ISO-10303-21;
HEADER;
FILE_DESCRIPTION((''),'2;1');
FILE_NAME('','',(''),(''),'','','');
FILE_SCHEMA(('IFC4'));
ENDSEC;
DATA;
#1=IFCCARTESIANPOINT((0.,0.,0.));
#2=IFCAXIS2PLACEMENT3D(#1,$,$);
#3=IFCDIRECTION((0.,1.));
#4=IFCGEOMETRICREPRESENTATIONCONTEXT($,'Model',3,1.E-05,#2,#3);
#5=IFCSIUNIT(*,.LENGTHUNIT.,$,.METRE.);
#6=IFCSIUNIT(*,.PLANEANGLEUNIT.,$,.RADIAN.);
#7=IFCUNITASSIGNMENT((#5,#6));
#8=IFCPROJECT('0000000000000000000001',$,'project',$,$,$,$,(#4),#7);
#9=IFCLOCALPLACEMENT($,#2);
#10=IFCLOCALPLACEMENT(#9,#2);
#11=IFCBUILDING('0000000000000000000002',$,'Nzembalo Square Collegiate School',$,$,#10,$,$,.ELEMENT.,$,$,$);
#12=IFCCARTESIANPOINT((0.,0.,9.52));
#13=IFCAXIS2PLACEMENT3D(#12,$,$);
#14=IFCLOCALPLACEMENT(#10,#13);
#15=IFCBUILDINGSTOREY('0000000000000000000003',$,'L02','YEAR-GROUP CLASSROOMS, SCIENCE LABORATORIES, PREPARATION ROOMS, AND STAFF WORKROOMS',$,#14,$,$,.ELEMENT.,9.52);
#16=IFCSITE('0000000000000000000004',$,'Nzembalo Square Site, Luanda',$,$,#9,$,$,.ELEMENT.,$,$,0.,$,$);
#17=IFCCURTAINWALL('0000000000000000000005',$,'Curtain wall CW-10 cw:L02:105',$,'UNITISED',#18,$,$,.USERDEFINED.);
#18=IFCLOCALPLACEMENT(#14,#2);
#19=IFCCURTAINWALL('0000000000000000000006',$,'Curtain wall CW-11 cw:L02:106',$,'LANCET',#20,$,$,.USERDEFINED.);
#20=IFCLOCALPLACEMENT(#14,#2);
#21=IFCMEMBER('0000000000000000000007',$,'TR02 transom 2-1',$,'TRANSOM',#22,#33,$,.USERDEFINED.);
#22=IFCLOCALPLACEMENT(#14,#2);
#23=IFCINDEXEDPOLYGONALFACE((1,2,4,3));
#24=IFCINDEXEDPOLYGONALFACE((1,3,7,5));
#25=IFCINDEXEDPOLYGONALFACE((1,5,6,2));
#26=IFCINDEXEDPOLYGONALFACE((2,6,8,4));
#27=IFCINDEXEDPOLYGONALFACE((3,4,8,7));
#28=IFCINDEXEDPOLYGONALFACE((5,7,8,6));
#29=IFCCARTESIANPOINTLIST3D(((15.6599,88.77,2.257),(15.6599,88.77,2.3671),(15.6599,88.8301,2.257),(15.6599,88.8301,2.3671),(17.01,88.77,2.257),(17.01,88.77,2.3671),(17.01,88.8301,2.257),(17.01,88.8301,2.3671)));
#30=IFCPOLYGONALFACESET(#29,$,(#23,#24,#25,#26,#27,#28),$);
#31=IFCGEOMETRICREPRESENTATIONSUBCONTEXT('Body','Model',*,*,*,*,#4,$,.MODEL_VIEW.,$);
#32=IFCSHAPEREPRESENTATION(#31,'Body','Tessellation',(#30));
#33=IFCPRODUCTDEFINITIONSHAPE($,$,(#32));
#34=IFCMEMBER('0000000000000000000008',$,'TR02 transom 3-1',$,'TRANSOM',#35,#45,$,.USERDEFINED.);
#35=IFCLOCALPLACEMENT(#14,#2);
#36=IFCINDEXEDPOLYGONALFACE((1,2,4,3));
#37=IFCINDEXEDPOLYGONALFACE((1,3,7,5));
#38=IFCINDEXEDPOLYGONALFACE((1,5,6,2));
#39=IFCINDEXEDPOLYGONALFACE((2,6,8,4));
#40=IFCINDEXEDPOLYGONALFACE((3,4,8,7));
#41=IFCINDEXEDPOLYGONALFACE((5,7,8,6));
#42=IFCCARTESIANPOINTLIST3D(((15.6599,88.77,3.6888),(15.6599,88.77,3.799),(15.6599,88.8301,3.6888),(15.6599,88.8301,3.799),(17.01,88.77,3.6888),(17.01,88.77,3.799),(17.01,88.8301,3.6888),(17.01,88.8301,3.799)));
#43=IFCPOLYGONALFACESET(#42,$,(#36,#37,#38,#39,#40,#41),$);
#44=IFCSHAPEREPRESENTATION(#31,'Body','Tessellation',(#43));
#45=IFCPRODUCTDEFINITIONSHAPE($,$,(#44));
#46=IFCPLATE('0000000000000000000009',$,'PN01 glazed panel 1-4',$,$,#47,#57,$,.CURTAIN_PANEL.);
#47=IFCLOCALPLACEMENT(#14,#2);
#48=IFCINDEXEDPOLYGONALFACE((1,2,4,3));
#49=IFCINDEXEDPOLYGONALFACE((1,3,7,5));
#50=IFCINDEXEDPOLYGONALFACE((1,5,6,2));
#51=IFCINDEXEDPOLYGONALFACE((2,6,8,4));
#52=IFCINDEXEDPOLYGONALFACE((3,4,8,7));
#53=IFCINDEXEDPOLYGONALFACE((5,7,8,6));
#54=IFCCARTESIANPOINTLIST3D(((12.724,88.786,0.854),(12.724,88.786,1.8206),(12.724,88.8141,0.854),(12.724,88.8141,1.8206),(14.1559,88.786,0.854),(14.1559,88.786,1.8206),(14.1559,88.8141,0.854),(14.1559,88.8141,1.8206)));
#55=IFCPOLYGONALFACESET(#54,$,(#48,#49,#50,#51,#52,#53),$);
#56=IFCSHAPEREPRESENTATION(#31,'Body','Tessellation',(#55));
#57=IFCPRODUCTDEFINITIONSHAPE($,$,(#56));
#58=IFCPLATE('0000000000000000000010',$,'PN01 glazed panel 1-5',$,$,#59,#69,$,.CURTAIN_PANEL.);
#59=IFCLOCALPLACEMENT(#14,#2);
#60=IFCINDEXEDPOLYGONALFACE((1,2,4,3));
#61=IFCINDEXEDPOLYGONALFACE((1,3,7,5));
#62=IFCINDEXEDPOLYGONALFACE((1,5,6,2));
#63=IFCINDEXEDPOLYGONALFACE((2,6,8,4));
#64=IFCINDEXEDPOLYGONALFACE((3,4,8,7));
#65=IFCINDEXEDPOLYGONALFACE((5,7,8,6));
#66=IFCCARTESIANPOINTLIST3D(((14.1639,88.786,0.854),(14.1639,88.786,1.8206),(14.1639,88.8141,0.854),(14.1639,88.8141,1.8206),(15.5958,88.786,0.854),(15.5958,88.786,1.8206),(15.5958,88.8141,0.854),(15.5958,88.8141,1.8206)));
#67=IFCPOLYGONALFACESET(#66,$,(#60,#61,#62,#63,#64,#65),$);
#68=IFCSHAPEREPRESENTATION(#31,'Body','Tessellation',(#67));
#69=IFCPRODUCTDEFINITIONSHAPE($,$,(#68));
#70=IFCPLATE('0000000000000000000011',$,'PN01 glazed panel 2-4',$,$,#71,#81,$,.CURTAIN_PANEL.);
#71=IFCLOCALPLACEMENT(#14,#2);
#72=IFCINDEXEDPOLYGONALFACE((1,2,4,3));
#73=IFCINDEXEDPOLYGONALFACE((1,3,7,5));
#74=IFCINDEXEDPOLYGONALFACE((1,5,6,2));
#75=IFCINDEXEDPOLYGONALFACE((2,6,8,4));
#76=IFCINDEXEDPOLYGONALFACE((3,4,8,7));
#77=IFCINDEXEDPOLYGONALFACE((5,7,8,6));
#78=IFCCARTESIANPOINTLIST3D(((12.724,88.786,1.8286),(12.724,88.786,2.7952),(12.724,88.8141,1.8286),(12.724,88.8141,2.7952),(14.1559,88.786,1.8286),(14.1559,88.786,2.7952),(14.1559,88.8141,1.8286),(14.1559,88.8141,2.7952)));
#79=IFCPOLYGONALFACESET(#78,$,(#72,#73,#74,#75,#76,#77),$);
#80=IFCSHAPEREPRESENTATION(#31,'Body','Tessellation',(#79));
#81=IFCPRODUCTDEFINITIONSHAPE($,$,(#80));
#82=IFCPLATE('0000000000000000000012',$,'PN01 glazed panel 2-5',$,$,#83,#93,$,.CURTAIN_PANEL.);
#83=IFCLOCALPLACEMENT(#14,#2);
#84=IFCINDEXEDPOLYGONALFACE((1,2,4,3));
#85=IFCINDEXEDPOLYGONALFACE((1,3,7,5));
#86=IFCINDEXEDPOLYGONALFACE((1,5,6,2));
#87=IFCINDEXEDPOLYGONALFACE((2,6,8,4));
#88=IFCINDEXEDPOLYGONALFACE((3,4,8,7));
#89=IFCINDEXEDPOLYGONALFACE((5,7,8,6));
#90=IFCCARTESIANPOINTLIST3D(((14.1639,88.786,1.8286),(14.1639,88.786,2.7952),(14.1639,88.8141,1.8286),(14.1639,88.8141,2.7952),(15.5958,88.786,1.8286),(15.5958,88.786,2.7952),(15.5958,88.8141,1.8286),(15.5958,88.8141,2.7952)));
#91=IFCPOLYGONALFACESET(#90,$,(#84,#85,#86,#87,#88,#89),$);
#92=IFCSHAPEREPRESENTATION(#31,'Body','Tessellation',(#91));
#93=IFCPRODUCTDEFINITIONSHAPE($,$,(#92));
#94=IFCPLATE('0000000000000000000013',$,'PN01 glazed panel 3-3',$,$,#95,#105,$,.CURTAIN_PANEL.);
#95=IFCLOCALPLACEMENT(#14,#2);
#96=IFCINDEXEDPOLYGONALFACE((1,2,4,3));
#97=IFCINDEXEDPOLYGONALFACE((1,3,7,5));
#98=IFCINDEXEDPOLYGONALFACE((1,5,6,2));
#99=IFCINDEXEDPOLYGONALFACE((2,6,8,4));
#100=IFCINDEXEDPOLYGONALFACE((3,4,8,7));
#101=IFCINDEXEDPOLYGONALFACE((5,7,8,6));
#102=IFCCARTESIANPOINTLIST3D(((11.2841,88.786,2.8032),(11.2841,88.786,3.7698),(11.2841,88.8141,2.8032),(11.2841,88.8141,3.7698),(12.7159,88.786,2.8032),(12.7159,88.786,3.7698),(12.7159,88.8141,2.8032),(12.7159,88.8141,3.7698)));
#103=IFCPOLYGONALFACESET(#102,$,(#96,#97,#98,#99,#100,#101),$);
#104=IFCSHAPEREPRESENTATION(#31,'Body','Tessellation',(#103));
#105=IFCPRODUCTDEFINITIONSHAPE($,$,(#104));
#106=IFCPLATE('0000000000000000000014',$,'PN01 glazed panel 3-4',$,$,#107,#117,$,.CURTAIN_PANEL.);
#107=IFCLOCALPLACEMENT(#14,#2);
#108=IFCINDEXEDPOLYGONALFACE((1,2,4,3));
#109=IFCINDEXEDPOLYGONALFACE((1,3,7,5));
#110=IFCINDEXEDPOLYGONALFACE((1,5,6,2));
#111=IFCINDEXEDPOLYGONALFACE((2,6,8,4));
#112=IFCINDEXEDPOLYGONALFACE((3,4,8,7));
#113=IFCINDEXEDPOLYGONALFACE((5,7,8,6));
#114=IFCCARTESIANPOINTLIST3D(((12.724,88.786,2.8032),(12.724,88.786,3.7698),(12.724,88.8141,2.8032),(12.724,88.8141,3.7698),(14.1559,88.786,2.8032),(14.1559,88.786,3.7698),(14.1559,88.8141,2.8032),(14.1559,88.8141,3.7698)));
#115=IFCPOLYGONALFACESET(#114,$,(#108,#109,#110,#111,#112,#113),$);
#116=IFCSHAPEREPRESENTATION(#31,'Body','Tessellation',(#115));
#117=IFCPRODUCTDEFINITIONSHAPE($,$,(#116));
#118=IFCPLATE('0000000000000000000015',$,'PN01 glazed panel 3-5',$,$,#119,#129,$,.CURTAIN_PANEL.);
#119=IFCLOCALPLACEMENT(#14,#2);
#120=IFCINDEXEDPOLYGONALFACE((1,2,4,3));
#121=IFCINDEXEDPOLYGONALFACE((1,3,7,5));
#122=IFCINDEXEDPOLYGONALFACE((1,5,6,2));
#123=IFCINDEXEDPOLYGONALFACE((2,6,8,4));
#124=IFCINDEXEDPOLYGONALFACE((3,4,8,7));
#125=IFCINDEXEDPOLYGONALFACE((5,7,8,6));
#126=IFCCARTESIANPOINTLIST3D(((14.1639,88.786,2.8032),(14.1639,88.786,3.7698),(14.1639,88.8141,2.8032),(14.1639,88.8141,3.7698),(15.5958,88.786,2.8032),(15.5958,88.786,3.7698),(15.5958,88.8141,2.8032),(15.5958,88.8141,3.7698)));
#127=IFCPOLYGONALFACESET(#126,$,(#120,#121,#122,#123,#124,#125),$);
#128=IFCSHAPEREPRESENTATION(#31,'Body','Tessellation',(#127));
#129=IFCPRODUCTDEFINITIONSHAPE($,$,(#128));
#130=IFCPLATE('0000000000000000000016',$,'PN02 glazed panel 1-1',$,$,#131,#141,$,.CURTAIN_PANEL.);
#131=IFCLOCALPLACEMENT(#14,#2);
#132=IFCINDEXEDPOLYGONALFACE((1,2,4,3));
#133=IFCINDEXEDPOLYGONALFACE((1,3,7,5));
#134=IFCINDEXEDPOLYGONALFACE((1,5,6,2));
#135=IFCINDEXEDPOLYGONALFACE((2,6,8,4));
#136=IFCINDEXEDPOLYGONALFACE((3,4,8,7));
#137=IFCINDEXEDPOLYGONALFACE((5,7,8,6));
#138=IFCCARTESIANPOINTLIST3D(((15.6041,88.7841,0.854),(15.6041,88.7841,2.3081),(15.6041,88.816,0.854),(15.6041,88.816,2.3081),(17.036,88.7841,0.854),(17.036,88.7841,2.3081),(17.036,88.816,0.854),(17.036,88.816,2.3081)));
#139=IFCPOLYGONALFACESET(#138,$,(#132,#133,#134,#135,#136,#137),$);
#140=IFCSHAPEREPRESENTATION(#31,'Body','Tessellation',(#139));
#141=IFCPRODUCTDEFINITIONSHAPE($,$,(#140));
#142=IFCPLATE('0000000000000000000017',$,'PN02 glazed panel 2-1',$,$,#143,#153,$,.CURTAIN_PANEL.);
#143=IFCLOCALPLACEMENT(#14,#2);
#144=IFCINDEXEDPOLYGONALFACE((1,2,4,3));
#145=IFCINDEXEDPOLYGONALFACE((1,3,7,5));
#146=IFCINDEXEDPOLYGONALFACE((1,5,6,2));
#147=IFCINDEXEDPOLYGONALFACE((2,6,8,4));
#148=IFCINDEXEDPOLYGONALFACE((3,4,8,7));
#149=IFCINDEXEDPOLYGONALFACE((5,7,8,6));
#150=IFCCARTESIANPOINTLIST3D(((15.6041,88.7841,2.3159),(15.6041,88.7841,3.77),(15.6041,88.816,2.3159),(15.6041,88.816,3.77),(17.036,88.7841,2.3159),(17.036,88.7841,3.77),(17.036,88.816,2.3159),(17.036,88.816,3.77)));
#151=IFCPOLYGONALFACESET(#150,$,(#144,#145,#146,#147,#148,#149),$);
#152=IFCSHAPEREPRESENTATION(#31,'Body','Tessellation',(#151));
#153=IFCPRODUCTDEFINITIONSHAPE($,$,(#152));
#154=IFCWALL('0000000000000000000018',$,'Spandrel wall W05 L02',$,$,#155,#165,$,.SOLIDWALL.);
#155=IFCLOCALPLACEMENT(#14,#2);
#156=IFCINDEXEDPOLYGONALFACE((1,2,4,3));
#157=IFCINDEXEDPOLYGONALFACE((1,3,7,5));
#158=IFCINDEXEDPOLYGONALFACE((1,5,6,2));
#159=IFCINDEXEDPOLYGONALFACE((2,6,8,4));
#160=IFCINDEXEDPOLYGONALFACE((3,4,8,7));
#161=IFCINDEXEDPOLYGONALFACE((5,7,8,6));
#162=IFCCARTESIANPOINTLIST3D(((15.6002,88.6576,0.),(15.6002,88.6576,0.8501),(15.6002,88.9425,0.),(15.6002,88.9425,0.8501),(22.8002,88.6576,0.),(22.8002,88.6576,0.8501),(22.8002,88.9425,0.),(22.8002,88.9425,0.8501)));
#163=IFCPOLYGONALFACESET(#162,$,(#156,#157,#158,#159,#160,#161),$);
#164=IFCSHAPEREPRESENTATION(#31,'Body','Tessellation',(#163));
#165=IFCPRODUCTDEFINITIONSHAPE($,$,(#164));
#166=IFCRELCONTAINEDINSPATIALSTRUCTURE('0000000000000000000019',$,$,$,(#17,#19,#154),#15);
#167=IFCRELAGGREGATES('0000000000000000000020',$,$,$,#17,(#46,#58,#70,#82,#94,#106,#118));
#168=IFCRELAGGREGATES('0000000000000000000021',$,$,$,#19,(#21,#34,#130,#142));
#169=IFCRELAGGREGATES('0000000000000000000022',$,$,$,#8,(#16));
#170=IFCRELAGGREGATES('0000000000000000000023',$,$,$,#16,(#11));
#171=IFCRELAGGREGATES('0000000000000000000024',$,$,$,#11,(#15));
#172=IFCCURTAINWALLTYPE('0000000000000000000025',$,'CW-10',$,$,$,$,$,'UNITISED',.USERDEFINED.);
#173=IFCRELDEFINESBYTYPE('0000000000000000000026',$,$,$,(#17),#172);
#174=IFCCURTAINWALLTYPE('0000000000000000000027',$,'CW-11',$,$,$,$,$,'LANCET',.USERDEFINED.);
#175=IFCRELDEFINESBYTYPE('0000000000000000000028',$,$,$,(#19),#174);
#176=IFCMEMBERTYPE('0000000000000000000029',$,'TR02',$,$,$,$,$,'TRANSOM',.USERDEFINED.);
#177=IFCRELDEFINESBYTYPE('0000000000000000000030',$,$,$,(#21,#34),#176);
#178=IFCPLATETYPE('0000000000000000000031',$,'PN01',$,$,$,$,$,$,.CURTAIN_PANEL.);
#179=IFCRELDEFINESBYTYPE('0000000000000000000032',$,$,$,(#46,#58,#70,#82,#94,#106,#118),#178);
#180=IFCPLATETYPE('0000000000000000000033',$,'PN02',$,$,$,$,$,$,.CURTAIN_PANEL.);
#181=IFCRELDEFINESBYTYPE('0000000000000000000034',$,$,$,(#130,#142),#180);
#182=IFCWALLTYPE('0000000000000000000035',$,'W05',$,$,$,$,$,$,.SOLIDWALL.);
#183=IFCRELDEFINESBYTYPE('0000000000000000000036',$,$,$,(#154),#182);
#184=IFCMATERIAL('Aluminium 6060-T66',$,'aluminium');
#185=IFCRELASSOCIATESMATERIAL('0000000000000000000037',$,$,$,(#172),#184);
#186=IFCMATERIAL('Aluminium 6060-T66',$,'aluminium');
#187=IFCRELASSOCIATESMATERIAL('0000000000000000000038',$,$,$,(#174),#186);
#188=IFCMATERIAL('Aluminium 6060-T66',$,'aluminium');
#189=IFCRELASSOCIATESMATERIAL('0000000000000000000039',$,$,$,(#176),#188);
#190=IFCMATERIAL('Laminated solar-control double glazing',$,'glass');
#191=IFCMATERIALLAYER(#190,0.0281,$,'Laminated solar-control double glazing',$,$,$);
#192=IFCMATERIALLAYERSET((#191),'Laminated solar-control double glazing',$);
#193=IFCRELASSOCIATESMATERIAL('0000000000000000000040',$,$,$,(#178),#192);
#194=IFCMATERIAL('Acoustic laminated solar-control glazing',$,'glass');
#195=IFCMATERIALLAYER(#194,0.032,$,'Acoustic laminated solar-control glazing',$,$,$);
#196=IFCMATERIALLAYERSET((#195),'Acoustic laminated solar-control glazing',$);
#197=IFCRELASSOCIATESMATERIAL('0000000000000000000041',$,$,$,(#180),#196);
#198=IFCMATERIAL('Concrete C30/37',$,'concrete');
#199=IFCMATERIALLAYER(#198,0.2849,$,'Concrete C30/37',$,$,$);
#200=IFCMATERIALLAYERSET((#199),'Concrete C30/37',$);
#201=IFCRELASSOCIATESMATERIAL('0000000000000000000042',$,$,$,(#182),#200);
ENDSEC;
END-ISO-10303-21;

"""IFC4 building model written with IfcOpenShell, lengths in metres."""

from ifc_helpers import new_model, si_unit, direction, frame, frame_2d, origin, origin_2d, place, context, subcontext, project, spatial, rectangle, extrude, material, layer, layer_set, material_profile, profile_set, type_object, element, aggregate, save


model = new_model("IFC4")

# Units and contexts
model_context = context("Model", 3, precision=1e-05, world=origin(), true_north=direction((0.0, 1.0)))
body_context = subcontext(model_context, "Body", "Model", "MODEL_VIEW")
ifc_project = project(units=[si_unit("LENGTHUNIT", "METRE"), si_unit("PLANEANGLEUNIT", "RADIAN")], contexts=[model_context])

# Site, building, storey
site_placement = place(None, origin())
site = spatial("IfcSite", under=ifc_project, at=site_placement, Name="Nzembalo Square Site, Luanda", CompositionType="ELEMENT", RefElevation=0.0)
building_placement = place(site_placement, origin())
building = spatial("IfcBuilding", under=site, at=building_placement, Name="Nzembalo Square Collegiate School", CompositionType="ELEMENT")
storey_placement = place(building_placement, frame((0.0, 0.0, 9.52)))
storey = spatial("IfcBuildingStorey", under=building, at=storey_placement, Name="L02", Description="YEAR-GROUP CLASSROOMS, SCIENCE LABORATORIES, PREPARATION ROOMS, AND STAFF WORKROOMS", CompositionType="ELEMENT", Elevation=9.52)

# Curtain walls
ifc_material_1 = material(Name="Aluminium 6060-T66", Category="aluminium")
curtain_wall_type_1 = type_object("IfcCurtainWallType", Name="CW-10", ElementType="UNITISED", PredefinedType="USERDEFINED", material=ifc_material_1)
curtain_wall_1_placement = place(storey_placement, origin())
curtain_wall_1 = element("IfcCurtainWall", 1, at=curtain_wall_1_placement, inside=storey, type_object=curtain_wall_type_1, Name="Curtain wall CW-10 cw:L02:105", ObjectType="UNITISED", PredefinedType="USERDEFINED")
ifc_material_2 = material(Name="Aluminium 6060-T66", Category="aluminium")
curtain_wall_type_2 = type_object("IfcCurtainWallType", Name="CW-11", ElementType="LANCET", PredefinedType="USERDEFINED", material=ifc_material_2)
curtain_wall_2_placement = place(storey_placement, origin())
curtain_wall_2 = element("IfcCurtainWall", 2, at=curtain_wall_2_placement, inside=storey, type_object=curtain_wall_type_2, Name="Curtain wall CW-11 cw:L02:106", ObjectType="LANCET", PredefinedType="USERDEFINED")

# Members
ifc_material_3 = material(Name="Aluminium 6060-T66", Category="aluminium")
ifc_material_profile_1 = material_profile(ifc_material_3, rectangle(XDim=0.0601, YDim=0.1101, at=origin_2d()), Name="ALU T60x110")
ifc_profile_set_1 = profile_set([ifc_material_profile_1], Name="Aluminium 6060-T66")
member_type_1 = type_object("IfcMemberType", Name="TR02", ElementType="TRANSOM", PredefinedType="USERDEFINED", material=ifc_profile_set_1)
member_1_placement = place(storey_placement, frame((15.6599, 88.8, 2.312), z_axis=(1.0, 0.0, 0.0), x_axis=(0.0, 1.0, 0.0)))
member_1 = element("IfcMember", 3, at=member_1_placement, type_object=member_type_1, Name="TR02 transom 2-1", ObjectType="TRANSOM", PredefinedType="USERDEFINED", context=body_context, shape_type="SweptSolid", body=[
    extrude(rectangle(XDim=0.0601, YDim=0.1101, at=origin_2d()), origin(), (0.0, 0.0, 1.0), 1.3501),
])
member_2_placement = place(storey_placement, frame((15.6599, 88.8, 3.7439), z_axis=(1.0, 0.0, 0.0), x_axis=(0.0, 1.0, 0.0)))
member_2 = element("IfcMember", 4, at=member_2_placement, type_object=member_type_1, Name="TR02 transom 3-1", ObjectType="TRANSOM", PredefinedType="USERDEFINED", context=body_context, shape_type="SweptSolid", body=[
    extrude(rectangle(XDim=0.0601, YDim=0.1101, at=origin_2d()), origin(), (0.0, 0.0, 1.0), 1.3501),
])

# Plates
ifc_material_4 = material(Name="Laminated solar-control double glazing", Category="glass")
ifc_layer_1 = layer(ifc_material_4, 0.0281, Name="Laminated solar-control double glazing")
ifc_layer_set_1 = layer_set([ifc_layer_1], Name="Laminated solar-control double glazing")
plate_type_1 = type_object("IfcPlateType", Name="PN01", PredefinedType="CURTAIN_PANEL", material=ifc_layer_set_1)
plate_1_placement = place(storey_placement, frame((13.4399, 88.8, 0.854), z_axis=(0.0, 0.0, 1.0), x_axis=(1.0, 0.0, 0.0)))
plate_1 = element("IfcPlate", 5, at=plate_1_placement, type_object=plate_type_1, Name="PN01 glazed panel 1-4", PredefinedType="CURTAIN_PANEL", context=body_context, shape_type="SweptSolid", body=[
    extrude(rectangle(XDim=1.4319, YDim=0.0281, at=origin_2d()), origin(), (0.0, 0.0, 1.0), 0.9666),
])
plate_2_placement = place(storey_placement, frame((14.8799, 88.8, 0.854), z_axis=(0.0, 0.0, 1.0), x_axis=(1.0, 0.0, 0.0)))
plate_2 = element("IfcPlate", 6, at=plate_2_placement, type_object=plate_type_1, Name="PN01 glazed panel 1-5", PredefinedType="CURTAIN_PANEL", context=body_context, shape_type="SweptSolid", body=[
    extrude(rectangle(XDim=1.4319, YDim=0.0281, at=origin_2d()), origin(), (0.0, 0.0, 1.0), 0.9666),
])
plate_3_placement = place(storey_placement, frame((13.4399, 88.8, 1.8286), z_axis=(0.0, 0.0, 1.0), x_axis=(1.0, 0.0, 0.0)))
plate_3 = element("IfcPlate", 7, at=plate_3_placement, type_object=plate_type_1, Name="PN01 glazed panel 2-4", PredefinedType="CURTAIN_PANEL", context=body_context, shape_type="SweptSolid", body=[
    extrude(rectangle(XDim=1.4319, YDim=0.0281, at=origin_2d()), origin(), (0.0, 0.0, 1.0), 0.9666),
])
plate_4_placement = place(storey_placement, frame((14.8799, 88.8, 1.8286), z_axis=(0.0, 0.0, 1.0), x_axis=(1.0, 0.0, 0.0)))
plate_4 = element("IfcPlate", 8, at=plate_4_placement, type_object=plate_type_1, Name="PN01 glazed panel 2-5", PredefinedType="CURTAIN_PANEL", context=body_context, shape_type="SweptSolid", body=[
    extrude(rectangle(XDim=1.4319, YDim=0.0281, at=origin_2d()), origin(), (0.0, 0.0, 1.0), 0.9666),
])
plate_5_placement = place(storey_placement, frame((12.0, 88.8, 2.8032), z_axis=(0.0, 0.0, 1.0), x_axis=(1.0, 0.0, 0.0)))
plate_5 = element("IfcPlate", 9, at=plate_5_placement, type_object=plate_type_1, Name="PN01 glazed panel 3-3", PredefinedType="CURTAIN_PANEL", context=body_context, shape_type="SweptSolid", body=[
    extrude(rectangle(XDim=1.4319, YDim=0.0281, at=origin_2d()), origin(), (0.0, 0.0, 1.0), 0.9666),
])
plate_6_placement = place(storey_placement, frame((13.4399, 88.8, 2.8032), z_axis=(0.0, 0.0, 1.0), x_axis=(1.0, 0.0, 0.0)))
plate_6 = element("IfcPlate", 10, at=plate_6_placement, type_object=plate_type_1, Name="PN01 glazed panel 3-4", PredefinedType="CURTAIN_PANEL", context=body_context, shape_type="SweptSolid", body=[
    extrude(rectangle(XDim=1.4319, YDim=0.0281, at=origin_2d()), origin(), (0.0, 0.0, 1.0), 0.9666),
])
plate_7_placement = place(storey_placement, frame((14.8799, 88.8, 2.8032), z_axis=(0.0, 0.0, 1.0), x_axis=(1.0, 0.0, 0.0)))
plate_7 = element("IfcPlate", 11, at=plate_7_placement, type_object=plate_type_1, Name="PN01 glazed panel 3-5", PredefinedType="CURTAIN_PANEL", context=body_context, shape_type="SweptSolid", body=[
    extrude(rectangle(XDim=1.4319, YDim=0.0281, at=origin_2d()), origin(), (0.0, 0.0, 1.0), 0.9666),
])
aggregate(curtain_wall_1, [plate_1, plate_2, plate_3, plate_4, plate_5, plate_6, plate_7])
ifc_material_5 = material(Name="Acoustic laminated solar-control glazing", Category="glass")
ifc_layer_2 = layer(ifc_material_5, 0.032, Name="Acoustic laminated solar-control glazing")
ifc_layer_set_2 = layer_set([ifc_layer_2], Name="Acoustic laminated solar-control glazing")
plate_type_2 = type_object("IfcPlateType", Name="PN02", PredefinedType="CURTAIN_PANEL", material=ifc_layer_set_2)
plate_8_placement = place(storey_placement, frame((16.3201, 88.8, 0.854), z_axis=(0.0, 0.0, 1.0), x_axis=(1.0, 0.0, 0.0)))
plate_8 = element("IfcPlate", 12, at=plate_8_placement, type_object=plate_type_2, Name="PN02 glazed panel 1-1", PredefinedType="CURTAIN_PANEL", context=body_context, shape_type="SweptSolid", body=[
    extrude(rectangle(XDim=1.4319, YDim=0.032, at=origin_2d()), origin(), (0.0, 0.0, 1.0), 1.4541),
])
plate_9_placement = place(storey_placement, frame((16.3201, 88.8, 2.3159), z_axis=(0.0, 0.0, 1.0), x_axis=(1.0, 0.0, 0.0)))
plate_9 = element("IfcPlate", 13, at=plate_9_placement, type_object=plate_type_2, Name="PN02 glazed panel 2-1", PredefinedType="CURTAIN_PANEL", context=body_context, shape_type="SweptSolid", body=[
    extrude(rectangle(XDim=1.4319, YDim=0.032, at=origin_2d()), origin(), (0.0, 0.0, 1.0), 1.4541),
])
aggregate(curtain_wall_2, [member_1, member_2, plate_8, plate_9])

# Wall
ifc_material_6 = material(Name="Concrete C30/37", Category="concrete")
ifc_layer_3 = layer(ifc_material_6, 0.2849, Name="Concrete C30/37")
ifc_layer_set_3 = layer_set([ifc_layer_3], Name="Concrete C30/37")
wall_type = type_object("IfcWallType", Name="W05", PredefinedType="SOLIDWALL", material=ifc_layer_set_3)
wall_placement = place(storey_placement, frame((15.6001, 88.8, 0.0), z_axis=(0.0, 0.0, 1.0), x_axis=(1.0, 0.0, 0.0)))
element("IfcWall", 14, at=wall_placement, inside=storey, type_object=wall_type, Name="Spandrel wall W05 L02", PredefinedType="SOLIDWALL", context=body_context, shape_type="SweptSolid", body=[
    extrude(rectangle(XDim=7.2, YDim=0.2849, at=frame_2d((3.6001, 0.0))), origin(), (0.0, 0.0, 1.0), 0.8501),
])

save(model, "model.ifc")
